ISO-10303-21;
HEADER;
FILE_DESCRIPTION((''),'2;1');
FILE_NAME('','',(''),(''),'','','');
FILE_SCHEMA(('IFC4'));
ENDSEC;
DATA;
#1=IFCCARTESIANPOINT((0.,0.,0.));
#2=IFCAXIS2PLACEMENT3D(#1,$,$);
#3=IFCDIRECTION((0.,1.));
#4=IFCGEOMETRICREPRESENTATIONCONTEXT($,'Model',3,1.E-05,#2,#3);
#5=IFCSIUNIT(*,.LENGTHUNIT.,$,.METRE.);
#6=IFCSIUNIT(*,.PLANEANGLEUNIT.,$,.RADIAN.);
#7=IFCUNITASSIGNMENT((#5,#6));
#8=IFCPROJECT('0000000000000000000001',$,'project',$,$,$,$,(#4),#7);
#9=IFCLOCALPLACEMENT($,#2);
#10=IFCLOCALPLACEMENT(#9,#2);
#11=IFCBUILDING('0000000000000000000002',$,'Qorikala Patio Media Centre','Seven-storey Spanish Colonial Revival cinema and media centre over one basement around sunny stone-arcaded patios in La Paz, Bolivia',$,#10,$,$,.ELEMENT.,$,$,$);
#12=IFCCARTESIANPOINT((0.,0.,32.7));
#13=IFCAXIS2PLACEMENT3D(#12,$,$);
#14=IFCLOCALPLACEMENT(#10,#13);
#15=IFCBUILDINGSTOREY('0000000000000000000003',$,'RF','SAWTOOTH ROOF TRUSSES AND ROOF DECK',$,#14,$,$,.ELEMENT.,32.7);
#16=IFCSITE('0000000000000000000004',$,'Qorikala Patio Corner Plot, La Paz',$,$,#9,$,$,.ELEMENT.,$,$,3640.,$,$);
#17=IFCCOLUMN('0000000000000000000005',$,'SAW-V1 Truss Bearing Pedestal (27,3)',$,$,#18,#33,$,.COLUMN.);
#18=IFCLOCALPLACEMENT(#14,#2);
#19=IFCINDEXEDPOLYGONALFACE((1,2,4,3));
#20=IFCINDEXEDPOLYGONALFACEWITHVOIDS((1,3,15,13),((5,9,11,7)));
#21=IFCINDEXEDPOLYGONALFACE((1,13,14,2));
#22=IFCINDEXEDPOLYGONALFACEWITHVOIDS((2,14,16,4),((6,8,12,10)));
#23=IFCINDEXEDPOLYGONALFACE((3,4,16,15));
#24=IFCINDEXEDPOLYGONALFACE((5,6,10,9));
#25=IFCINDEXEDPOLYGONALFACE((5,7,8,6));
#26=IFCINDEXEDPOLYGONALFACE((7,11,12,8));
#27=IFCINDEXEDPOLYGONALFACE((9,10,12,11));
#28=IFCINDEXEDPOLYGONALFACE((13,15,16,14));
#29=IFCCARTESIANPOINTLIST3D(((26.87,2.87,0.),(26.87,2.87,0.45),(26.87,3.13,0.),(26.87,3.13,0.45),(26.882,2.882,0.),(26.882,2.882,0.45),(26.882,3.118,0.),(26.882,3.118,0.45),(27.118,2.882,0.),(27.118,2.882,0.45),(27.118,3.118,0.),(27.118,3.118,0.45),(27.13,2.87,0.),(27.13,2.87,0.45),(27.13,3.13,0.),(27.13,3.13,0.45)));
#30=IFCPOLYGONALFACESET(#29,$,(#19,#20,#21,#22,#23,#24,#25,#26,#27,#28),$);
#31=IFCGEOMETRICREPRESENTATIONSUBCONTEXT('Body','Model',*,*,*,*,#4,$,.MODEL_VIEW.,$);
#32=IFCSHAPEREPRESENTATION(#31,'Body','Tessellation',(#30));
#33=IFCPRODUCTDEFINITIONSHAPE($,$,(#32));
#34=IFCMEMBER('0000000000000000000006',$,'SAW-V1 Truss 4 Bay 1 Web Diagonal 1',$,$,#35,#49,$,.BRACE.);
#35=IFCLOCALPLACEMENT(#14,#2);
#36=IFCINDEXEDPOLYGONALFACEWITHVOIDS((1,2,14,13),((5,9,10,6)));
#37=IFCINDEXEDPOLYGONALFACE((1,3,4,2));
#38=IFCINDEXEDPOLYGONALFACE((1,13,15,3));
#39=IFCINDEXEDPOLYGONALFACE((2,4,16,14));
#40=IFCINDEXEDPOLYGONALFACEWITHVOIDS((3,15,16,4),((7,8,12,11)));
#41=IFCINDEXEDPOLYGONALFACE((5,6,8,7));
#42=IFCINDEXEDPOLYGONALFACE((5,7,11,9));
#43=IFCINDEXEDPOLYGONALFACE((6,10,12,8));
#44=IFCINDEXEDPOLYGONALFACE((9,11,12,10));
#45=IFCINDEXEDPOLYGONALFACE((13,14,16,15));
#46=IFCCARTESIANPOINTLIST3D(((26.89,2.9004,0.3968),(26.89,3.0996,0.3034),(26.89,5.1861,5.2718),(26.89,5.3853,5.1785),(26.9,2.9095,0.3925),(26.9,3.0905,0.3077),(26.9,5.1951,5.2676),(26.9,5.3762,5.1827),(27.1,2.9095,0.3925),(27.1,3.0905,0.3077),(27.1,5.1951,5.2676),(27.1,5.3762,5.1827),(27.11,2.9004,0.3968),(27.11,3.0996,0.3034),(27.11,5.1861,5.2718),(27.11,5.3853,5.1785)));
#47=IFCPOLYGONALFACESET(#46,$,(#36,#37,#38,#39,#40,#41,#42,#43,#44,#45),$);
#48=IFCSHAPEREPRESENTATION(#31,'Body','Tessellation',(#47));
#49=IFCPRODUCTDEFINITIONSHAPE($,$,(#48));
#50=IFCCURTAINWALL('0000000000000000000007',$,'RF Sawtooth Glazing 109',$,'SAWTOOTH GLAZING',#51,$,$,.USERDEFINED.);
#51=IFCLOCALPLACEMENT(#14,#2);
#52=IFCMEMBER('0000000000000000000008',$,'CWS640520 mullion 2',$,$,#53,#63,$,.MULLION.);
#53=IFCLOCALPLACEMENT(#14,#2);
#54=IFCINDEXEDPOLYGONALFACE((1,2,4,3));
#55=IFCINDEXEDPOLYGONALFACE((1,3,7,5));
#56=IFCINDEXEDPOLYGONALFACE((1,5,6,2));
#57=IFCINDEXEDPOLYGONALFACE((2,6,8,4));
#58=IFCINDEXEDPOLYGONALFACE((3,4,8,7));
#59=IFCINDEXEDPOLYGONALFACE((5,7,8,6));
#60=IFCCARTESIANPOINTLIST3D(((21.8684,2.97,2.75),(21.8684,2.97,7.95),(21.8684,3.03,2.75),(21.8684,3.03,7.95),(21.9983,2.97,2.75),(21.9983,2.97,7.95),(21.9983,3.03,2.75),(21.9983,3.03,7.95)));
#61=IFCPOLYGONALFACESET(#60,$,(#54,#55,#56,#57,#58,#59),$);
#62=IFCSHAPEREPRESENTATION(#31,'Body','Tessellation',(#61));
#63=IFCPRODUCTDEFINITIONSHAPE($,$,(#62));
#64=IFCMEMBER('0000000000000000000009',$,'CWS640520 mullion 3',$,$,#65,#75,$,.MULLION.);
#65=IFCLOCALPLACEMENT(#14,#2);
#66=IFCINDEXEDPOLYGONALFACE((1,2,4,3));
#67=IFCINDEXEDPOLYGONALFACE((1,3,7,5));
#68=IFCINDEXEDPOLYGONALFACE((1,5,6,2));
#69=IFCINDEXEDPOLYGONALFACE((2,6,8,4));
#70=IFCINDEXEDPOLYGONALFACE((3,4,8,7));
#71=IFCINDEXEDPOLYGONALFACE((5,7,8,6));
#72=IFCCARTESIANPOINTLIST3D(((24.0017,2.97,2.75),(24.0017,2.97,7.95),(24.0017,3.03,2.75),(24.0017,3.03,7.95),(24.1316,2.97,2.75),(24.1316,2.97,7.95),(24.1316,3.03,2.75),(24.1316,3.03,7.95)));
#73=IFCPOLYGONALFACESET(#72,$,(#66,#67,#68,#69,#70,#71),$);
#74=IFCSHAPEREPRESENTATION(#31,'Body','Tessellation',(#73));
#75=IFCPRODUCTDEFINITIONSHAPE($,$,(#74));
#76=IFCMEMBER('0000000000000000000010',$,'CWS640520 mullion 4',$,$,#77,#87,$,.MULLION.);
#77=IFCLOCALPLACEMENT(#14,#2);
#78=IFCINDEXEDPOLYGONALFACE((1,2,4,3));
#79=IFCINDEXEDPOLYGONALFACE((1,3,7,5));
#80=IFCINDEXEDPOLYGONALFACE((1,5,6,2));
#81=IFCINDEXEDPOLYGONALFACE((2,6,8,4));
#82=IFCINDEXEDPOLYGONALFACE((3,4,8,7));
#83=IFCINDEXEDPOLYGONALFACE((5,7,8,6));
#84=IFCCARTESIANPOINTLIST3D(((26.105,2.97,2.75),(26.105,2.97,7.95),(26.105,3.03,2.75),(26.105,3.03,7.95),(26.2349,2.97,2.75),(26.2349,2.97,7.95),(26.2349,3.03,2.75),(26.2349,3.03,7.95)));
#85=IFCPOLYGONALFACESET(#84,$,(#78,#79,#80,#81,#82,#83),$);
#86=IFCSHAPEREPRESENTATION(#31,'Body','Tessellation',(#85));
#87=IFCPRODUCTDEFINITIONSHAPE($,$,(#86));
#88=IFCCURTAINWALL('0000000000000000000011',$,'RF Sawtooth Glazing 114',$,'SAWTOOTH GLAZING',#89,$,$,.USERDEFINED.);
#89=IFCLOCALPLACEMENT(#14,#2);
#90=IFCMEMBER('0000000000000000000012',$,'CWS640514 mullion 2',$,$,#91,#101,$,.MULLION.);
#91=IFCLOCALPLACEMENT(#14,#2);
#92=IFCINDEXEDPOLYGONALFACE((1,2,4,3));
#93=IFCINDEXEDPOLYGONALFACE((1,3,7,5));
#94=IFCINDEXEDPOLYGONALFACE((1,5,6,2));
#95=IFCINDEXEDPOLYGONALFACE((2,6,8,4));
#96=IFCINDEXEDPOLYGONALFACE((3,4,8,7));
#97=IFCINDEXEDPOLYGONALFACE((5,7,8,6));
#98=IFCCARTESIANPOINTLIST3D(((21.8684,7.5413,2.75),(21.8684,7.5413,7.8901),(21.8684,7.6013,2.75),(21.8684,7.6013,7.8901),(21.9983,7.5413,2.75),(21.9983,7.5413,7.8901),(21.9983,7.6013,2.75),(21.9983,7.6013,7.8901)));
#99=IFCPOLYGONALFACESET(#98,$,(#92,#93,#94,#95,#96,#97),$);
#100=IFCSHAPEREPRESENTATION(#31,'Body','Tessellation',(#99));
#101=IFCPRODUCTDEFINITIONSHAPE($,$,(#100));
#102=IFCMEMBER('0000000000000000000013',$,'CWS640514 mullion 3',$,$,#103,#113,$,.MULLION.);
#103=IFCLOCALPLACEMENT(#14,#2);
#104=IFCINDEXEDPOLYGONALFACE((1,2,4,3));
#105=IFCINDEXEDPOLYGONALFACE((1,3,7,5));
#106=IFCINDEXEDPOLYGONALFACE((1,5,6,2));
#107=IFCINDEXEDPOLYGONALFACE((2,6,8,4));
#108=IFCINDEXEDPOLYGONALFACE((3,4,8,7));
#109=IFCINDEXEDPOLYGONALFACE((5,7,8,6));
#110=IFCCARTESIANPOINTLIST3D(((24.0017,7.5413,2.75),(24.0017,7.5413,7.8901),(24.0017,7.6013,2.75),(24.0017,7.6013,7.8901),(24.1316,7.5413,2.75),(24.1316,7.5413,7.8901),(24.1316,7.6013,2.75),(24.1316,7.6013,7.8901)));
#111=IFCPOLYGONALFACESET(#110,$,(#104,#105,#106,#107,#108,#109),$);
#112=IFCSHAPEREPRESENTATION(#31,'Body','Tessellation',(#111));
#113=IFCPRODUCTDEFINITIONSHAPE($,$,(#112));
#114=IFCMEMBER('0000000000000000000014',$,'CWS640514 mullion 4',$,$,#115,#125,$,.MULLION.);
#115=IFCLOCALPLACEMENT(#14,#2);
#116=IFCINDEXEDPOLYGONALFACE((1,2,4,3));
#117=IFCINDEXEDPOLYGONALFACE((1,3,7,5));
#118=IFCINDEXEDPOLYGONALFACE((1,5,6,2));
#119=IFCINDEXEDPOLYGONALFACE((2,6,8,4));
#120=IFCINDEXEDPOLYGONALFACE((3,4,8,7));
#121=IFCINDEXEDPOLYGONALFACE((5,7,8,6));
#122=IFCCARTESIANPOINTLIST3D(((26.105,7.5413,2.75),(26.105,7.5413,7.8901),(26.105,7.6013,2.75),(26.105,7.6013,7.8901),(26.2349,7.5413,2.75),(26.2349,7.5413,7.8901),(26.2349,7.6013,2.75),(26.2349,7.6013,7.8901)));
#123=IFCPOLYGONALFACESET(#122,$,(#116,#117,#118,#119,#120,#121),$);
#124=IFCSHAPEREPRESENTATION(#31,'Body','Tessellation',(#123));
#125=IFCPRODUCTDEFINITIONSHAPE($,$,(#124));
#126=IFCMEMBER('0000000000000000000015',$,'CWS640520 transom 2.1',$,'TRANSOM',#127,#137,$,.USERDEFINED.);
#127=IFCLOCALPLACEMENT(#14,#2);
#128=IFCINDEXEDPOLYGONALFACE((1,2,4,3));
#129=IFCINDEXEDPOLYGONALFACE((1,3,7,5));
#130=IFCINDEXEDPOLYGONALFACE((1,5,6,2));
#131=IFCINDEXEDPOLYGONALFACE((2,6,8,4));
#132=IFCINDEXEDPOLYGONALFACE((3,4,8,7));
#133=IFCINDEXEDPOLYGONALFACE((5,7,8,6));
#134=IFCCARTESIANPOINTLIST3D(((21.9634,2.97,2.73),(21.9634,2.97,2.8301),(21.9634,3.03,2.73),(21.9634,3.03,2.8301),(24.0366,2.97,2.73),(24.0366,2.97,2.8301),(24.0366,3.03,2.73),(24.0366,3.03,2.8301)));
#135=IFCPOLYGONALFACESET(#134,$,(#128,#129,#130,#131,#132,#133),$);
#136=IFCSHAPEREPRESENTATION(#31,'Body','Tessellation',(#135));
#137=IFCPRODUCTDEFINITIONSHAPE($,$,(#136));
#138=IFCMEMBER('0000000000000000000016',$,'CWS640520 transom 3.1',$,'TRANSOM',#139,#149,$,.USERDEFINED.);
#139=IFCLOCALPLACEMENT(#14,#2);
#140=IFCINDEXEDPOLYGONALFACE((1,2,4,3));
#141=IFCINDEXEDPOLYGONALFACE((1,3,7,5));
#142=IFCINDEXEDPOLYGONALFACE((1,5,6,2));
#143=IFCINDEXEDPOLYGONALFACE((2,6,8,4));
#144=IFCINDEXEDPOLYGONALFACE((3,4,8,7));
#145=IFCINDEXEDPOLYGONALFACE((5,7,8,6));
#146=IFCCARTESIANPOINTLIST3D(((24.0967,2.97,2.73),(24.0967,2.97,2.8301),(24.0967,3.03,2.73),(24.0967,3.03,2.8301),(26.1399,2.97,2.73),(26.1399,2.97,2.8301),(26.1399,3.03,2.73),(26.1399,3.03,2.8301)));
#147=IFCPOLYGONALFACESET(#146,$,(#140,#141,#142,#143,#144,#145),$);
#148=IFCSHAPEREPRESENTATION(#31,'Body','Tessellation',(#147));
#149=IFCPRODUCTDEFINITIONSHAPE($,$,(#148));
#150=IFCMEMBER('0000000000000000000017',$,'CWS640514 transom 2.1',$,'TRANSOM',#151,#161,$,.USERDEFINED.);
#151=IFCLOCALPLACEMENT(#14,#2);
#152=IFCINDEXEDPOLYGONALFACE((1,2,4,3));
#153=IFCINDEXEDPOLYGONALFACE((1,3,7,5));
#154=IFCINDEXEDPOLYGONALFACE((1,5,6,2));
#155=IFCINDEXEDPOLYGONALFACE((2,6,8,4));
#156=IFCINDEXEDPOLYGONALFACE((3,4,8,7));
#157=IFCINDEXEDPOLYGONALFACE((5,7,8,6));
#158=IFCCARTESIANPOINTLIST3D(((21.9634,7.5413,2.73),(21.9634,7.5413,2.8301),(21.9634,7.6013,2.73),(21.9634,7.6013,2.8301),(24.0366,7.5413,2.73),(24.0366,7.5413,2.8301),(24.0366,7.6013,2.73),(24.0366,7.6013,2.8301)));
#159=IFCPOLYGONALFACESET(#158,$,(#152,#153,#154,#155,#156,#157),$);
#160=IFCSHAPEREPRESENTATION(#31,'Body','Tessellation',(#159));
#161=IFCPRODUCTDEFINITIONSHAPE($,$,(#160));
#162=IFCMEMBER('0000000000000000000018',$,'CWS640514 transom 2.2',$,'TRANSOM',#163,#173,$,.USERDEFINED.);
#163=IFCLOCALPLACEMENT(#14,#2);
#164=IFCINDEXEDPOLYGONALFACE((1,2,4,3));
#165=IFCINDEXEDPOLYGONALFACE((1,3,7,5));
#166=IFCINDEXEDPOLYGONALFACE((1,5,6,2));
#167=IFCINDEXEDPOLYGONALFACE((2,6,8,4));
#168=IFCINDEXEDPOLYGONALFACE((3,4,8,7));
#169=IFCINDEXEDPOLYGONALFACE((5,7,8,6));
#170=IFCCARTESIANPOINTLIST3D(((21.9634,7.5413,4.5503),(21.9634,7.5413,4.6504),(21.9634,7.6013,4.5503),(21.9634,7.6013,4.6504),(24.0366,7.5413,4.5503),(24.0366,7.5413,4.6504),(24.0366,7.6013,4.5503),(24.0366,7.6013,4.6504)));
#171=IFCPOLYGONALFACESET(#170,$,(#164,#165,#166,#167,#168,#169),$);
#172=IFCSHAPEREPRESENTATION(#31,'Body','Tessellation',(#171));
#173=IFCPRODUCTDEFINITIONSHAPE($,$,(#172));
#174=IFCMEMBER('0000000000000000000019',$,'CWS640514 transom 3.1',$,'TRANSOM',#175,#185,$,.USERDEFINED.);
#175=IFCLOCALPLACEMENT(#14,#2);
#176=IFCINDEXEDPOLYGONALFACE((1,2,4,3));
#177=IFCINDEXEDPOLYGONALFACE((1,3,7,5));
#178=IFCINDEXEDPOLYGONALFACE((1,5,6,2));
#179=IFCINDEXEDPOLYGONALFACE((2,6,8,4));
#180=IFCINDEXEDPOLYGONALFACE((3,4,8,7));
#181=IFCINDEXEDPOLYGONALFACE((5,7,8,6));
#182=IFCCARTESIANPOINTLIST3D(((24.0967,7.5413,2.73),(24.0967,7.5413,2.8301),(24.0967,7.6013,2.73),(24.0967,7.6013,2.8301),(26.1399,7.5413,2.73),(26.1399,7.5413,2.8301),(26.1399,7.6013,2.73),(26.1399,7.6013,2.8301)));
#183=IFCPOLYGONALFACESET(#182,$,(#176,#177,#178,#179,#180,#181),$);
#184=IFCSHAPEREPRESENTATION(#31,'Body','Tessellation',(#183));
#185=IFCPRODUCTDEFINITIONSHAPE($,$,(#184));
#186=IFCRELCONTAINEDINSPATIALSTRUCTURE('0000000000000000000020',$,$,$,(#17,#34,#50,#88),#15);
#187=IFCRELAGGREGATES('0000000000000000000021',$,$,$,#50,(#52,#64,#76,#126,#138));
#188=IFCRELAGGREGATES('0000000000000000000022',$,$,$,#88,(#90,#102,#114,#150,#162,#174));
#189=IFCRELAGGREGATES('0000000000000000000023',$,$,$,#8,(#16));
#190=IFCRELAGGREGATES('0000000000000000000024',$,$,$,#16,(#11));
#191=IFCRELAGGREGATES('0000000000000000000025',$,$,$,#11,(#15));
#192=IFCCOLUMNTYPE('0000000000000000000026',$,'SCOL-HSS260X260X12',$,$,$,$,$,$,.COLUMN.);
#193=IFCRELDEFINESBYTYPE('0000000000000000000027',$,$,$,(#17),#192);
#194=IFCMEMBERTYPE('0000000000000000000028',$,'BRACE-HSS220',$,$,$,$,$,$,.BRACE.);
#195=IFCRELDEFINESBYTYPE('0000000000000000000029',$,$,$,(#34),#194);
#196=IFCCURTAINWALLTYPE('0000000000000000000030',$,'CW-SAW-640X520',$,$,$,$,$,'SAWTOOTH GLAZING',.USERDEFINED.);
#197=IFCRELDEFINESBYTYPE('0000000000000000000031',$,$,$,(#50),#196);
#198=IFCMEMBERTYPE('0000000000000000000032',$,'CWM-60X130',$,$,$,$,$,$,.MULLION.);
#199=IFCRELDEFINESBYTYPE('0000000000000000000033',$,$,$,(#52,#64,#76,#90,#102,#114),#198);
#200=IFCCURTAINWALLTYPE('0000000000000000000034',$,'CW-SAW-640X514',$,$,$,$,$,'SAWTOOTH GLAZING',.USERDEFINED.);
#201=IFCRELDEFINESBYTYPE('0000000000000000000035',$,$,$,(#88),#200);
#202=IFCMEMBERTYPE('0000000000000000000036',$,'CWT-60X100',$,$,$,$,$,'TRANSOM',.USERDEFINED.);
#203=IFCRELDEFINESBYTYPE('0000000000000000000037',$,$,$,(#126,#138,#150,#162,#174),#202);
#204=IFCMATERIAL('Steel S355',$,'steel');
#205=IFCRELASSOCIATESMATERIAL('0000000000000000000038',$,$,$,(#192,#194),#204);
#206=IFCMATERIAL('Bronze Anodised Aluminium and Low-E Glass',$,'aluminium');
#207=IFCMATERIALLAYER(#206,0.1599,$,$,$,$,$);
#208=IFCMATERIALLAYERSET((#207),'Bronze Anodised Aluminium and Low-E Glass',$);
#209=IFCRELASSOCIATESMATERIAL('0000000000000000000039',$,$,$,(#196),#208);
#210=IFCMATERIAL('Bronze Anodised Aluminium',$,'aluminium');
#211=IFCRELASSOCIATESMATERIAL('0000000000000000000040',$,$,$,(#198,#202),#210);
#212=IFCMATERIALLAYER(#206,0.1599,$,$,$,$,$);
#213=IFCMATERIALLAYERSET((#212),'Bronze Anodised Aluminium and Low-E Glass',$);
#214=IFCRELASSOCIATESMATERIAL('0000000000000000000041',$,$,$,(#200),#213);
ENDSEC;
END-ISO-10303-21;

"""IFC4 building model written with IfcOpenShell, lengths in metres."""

from ifc_helpers import new_model, si_unit, direction, frame, origin, origin_2d, place, context, subcontext, project, spatial, rectangle, hollow_rectangle, extrude, material, layer, layer_set, material_profile, profile_set, type_object, element, aggregate, save


model = new_model("IFC4")

# Units and contexts
model_context = context("Model", 3, precision=1e-05, world=origin(), true_north=direction((0.0, 1.0)))
body_context = subcontext(model_context, "Body", "Model", "MODEL_VIEW")
ifc_project = project(units=[si_unit("LENGTHUNIT", "METRE"), si_unit("PLANEANGLEUNIT", "RADIAN")], contexts=[model_context])

# Site, building, storey
site_placement = place(None, origin())
site = spatial("IfcSite", under=ifc_project, at=site_placement, Name="Qorikala Patio Corner Plot, La Paz", CompositionType="ELEMENT", RefElevation=3640.0)
building_placement = place(site_placement, origin())
building = spatial("IfcBuilding", under=site, at=building_placement, Name="Qorikala Patio Media Centre", Description="Seven-storey Spanish Colonial Revival cinema and media centre over one basement around sunny stone-arcaded patios in La Paz, Bolivia", CompositionType="ELEMENT")
storey_placement = place(building_placement, frame((0.0, 0.0, 32.7)))
storey = spatial("IfcBuildingStorey", under=building, at=storey_placement, Name="RF", Description="SAWTOOTH ROOF TRUSSES AND ROOF DECK", CompositionType="ELEMENT", Elevation=32.7)

# Column
ifc_material_1 = material(Name="Steel S355", Category="steel")
ifc_material_profile_1 = material_profile(ifc_material_1, hollow_rectangle(XDim=0.26, YDim=0.26, WallThickness=0.012, at=origin_2d()), Name="HSS260X260X12")
ifc_profile_set_1 = profile_set([ifc_material_profile_1], Name="Steel S355")
column_type = type_object("IfcColumnType", Name="SCOL-HSS260X260X12", PredefinedType="COLUMN", material=ifc_profile_set_1)
column_placement = place(storey_placement, frame((27.0, 3.0, 0.0), z_axis=(0.0, 0.0, 1.0), x_axis=(1.0, 0.0, 0.0)))
element("IfcColumn", 1, at=column_placement, inside=storey, type_object=column_type, Name="SAW-V1 Truss Bearing Pedestal (27,3)", PredefinedType="COLUMN", context=body_context, shape_type="SweptSolid", body=[
    extrude(hollow_rectangle(XDim=0.26, YDim=0.26, WallThickness=0.012, at=origin_2d()), origin(), (0.0, 0.0, 1.0), 0.45),
])

# Member
ifc_material_profile_2 = material_profile(ifc_material_1, hollow_rectangle(XDim=0.22, YDim=0.22, WallThickness=0.01, at=origin_2d()), Name="HSS220X220X10")
ifc_profile_set_2 = profile_set([ifc_material_profile_2], Name="Steel S355")
member_type_1 = type_object("IfcMemberType", Name="BRACE-HSS220", PredefinedType="BRACE", material=ifc_profile_set_2)
member_1_placement = place(storey_placement, frame((27.0, 3.0, 0.3501), z_axis=(0.0, 0.424508, 0.905424), x_axis=(-1.0, 0.0, 0.0)))
element("IfcMember", 2, at=member_1_placement, inside=storey, type_object=member_type_1, Name="SAW-V1 Truss 4 Bay 1 Web Diagonal 1", PredefinedType="BRACE", context=body_context, shape_type="SweptSolid", body=[
    extrude(hollow_rectangle(XDim=0.22, YDim=0.22, WallThickness=0.01, at=origin_2d()), origin(), (0.0, 0.0, 1.0), 5.3843),
])

# Curtain walls, members
ifc_material_2 = material(Name="Bronze Anodised Aluminium and Low-E Glass", Category="aluminium")
ifc_layer_1 = layer(ifc_material_2, 0.1599)
ifc_layer_set_1 = layer_set([ifc_layer_1], Name="Bronze Anodised Aluminium and Low-E Glass")
curtain_wall_type_1 = type_object("IfcCurtainWallType", Name="CW-SAW-640X520", ElementType="SAWTOOTH GLAZING", PredefinedType="USERDEFINED", material=ifc_layer_set_1)
curtain_wall_1_placement = place(storey_placement, origin())
curtain_wall_1 = element("IfcCurtainWall", 3, at=curtain_wall_1_placement, inside=storey, type_object=curtain_wall_type_1, Name="RF Sawtooth Glazing 109", ObjectType="SAWTOOTH GLAZING", PredefinedType="USERDEFINED")
ifc_material_3 = material(Name="Bronze Anodised Aluminium", Category="aluminium")
ifc_material_profile_3 = material_profile(ifc_material_3, rectangle(XDim=0.0601, YDim=0.1299, at=origin_2d()), Name="ALU MULLION 60x130")
ifc_profile_set_3 = profile_set([ifc_material_profile_3], Name="Bronze Anodised Aluminium")
member_type_2 = type_object("IfcMemberType", Name="CWM-60X130", PredefinedType="MULLION", material=ifc_profile_set_3)
member_2_placement = place(storey_placement, frame((21.9333, 3.0, 2.75), z_axis=(0.0, 0.0, 1.0), x_axis=(0.0, 1.0, 0.0)))
member_2 = element("IfcMember", 4, at=member_2_placement, type_object=member_type_2, Name="CWS640520 mullion 2", PredefinedType="MULLION", context=body_context, shape_type="SweptSolid", body=[
    extrude(rectangle(XDim=0.0601, YDim=0.1299, at=origin_2d()), origin(), (0.0, 0.0, 1.0), 5.2),
])
member_3_placement = place(storey_placement, frame((24.0667, 3.0, 2.75), z_axis=(0.0, 0.0, 1.0), x_axis=(0.0, 1.0, 0.0)))
member_3 = element("IfcMember", 5, at=member_3_placement, type_object=member_type_2, Name="CWS640520 mullion 3", PredefinedType="MULLION", context=body_context, shape_type="SweptSolid", body=[
    extrude(rectangle(XDim=0.0601, YDim=0.1299, at=origin_2d()), origin(), (0.0, 0.0, 1.0), 5.2),
])
member_4_placement = place(storey_placement, frame((26.1699, 3.0, 2.75), z_axis=(0.0, 0.0, 1.0), x_axis=(0.0, 1.0, 0.0)))
member_4 = element("IfcMember", 6, at=member_4_placement, type_object=member_type_2, Name="CWS640520 mullion 4", PredefinedType="MULLION", context=body_context, shape_type="SweptSolid", body=[
    extrude(rectangle(XDim=0.0601, YDim=0.1299, at=origin_2d()), origin(), (0.0, 0.0, 1.0), 5.2),
])
ifc_layer_2 = layer(ifc_material_2, 0.1599)
ifc_layer_set_2 = layer_set([ifc_layer_2], Name="Bronze Anodised Aluminium and Low-E Glass")
curtain_wall_type_2 = type_object("IfcCurtainWallType", Name="CW-SAW-640X514", ElementType="SAWTOOTH GLAZING", PredefinedType="USERDEFINED", material=ifc_layer_set_2)
curtain_wall_2_placement = place(storey_placement, origin())
curtain_wall_2 = element("IfcCurtainWall", 7, at=curtain_wall_2_placement, inside=storey, type_object=curtain_wall_type_2, Name="RF Sawtooth Glazing 114", ObjectType="SAWTOOTH GLAZING", PredefinedType="USERDEFINED")
member_5_placement = place(storey_placement, frame((21.9333, 7.5713, 2.75), z_axis=(0.0, 0.0, 1.0), x_axis=(0.0, 1.0, 0.0)))
member_5 = element("IfcMember", 8, at=member_5_placement, type_object=member_type_2, Name="CWS640514 mullion 2", PredefinedType="MULLION", context=body_context, shape_type="SweptSolid", body=[
    extrude(rectangle(XDim=0.0601, YDim=0.1299, at=origin_2d()), origin(), (0.0, 0.0, 1.0), 5.1401),
])
member_6_placement = place(storey_placement, frame((24.0667, 7.5713, 2.75), z_axis=(0.0, 0.0, 1.0), x_axis=(0.0, 1.0, 0.0)))
member_6 = element("IfcMember", 9, at=member_6_placement, type_object=member_type_2, Name="CWS640514 mullion 3", PredefinedType="MULLION", context=body_context, shape_type="SweptSolid", body=[
    extrude(rectangle(XDim=0.0601, YDim=0.1299, at=origin_2d()), origin(), (0.0, 0.0, 1.0), 5.1401),
])
member_7_placement = place(storey_placement, frame((26.1699, 7.5713, 2.75), z_axis=(0.0, 0.0, 1.0), x_axis=(0.0, 1.0, 0.0)))
member_7 = element("IfcMember", 10, at=member_7_placement, type_object=member_type_2, Name="CWS640514 mullion 4", PredefinedType="MULLION", context=body_context, shape_type="SweptSolid", body=[
    extrude(rectangle(XDim=0.0601, YDim=0.1299, at=origin_2d()), origin(), (0.0, 0.0, 1.0), 5.1401),
])

# Members
ifc_material_profile_4 = material_profile(ifc_material_3, rectangle(XDim=0.0601, YDim=0.1001, at=origin_2d()), Name="ALU TRANSOM 60x100")
ifc_profile_set_4 = profile_set([ifc_material_profile_4], Name="Bronze Anodised Aluminium")
member_type_3 = type_object("IfcMemberType", Name="CWT-60X100", ElementType="TRANSOM", PredefinedType="USERDEFINED", material=ifc_profile_set_4)
member_8_placement = place(storey_placement, frame((21.9634, 3.0, 2.78), z_axis=(1.0, 0.0, 0.0), x_axis=(0.0, 1.0, 0.0)))
member_8 = element("IfcMember", 11, at=member_8_placement, type_object=member_type_3, Name="CWS640520 transom 2.1", ObjectType="TRANSOM", PredefinedType="USERDEFINED", context=body_context, shape_type="SweptSolid", body=[
    extrude(rectangle(XDim=0.0601, YDim=0.1001, at=origin_2d()), origin(), (0.0, 0.0, 1.0), 2.0732),
])
member_9_placement = place(storey_placement, frame((24.0967, 3.0, 2.78), z_axis=(1.0, 0.0, 0.0), x_axis=(0.0, 1.0, 0.0)))
member_9 = element("IfcMember", 12, at=member_9_placement, type_object=member_type_3, Name="CWS640520 transom 3.1", ObjectType="TRANSOM", PredefinedType="USERDEFINED", context=body_context, shape_type="SweptSolid", body=[
    extrude(rectangle(XDim=0.0601, YDim=0.1001, at=origin_2d()), origin(), (0.0, 0.0, 1.0), 2.0432),
])
member_10_placement = place(storey_placement, frame((21.9634, 7.5713, 2.78), z_axis=(1.0, 0.0, 0.0), x_axis=(0.0, 1.0, 0.0)))
member_10 = element("IfcMember", 13, at=member_10_placement, type_object=member_type_3, Name="CWS640514 transom 2.1", ObjectType="TRANSOM", PredefinedType="USERDEFINED", context=body_context, shape_type="SweptSolid", body=[
    extrude(rectangle(XDim=0.0601, YDim=0.1001, at=origin_2d()), origin(), (0.0, 0.0, 1.0), 2.0732),
])
member_11_placement = place(storey_placement, frame((21.9634, 7.5713, 4.6003), z_axis=(1.0, 0.0, 0.0), x_axis=(0.0, 1.0, 0.0)))
member_11 = element("IfcMember", 14, at=member_11_placement, type_object=member_type_3, Name="CWS640514 transom 2.2", ObjectType="TRANSOM", PredefinedType="USERDEFINED", context=body_context, shape_type="SweptSolid", body=[
    extrude(rectangle(XDim=0.0601, YDim=0.1001, at=origin_2d()), origin(), (0.0, 0.0, 1.0), 2.0732),
])
member_12_placement = place(storey_placement, frame((24.0967, 7.5713, 2.78), z_axis=(1.0, 0.0, 0.0), x_axis=(0.0, 1.0, 0.0)))
member_12 = element("IfcMember", 15, at=member_12_placement, type_object=member_type_3, Name="CWS640514 transom 3.1", ObjectType="TRANSOM", PredefinedType="USERDEFINED", context=body_context, shape_type="SweptSolid", body=[
    extrude(rectangle(XDim=0.0601, YDim=0.1001, at=origin_2d()), origin(), (0.0, 0.0, 1.0), 2.0432),
])

aggregate(curtain_wall_1, [member_2, member_3, member_4, member_8, member_9])
aggregate(curtain_wall_2, [member_5, member_6, member_7, member_10, member_11, member_12])

save(model, "model.ifc")
